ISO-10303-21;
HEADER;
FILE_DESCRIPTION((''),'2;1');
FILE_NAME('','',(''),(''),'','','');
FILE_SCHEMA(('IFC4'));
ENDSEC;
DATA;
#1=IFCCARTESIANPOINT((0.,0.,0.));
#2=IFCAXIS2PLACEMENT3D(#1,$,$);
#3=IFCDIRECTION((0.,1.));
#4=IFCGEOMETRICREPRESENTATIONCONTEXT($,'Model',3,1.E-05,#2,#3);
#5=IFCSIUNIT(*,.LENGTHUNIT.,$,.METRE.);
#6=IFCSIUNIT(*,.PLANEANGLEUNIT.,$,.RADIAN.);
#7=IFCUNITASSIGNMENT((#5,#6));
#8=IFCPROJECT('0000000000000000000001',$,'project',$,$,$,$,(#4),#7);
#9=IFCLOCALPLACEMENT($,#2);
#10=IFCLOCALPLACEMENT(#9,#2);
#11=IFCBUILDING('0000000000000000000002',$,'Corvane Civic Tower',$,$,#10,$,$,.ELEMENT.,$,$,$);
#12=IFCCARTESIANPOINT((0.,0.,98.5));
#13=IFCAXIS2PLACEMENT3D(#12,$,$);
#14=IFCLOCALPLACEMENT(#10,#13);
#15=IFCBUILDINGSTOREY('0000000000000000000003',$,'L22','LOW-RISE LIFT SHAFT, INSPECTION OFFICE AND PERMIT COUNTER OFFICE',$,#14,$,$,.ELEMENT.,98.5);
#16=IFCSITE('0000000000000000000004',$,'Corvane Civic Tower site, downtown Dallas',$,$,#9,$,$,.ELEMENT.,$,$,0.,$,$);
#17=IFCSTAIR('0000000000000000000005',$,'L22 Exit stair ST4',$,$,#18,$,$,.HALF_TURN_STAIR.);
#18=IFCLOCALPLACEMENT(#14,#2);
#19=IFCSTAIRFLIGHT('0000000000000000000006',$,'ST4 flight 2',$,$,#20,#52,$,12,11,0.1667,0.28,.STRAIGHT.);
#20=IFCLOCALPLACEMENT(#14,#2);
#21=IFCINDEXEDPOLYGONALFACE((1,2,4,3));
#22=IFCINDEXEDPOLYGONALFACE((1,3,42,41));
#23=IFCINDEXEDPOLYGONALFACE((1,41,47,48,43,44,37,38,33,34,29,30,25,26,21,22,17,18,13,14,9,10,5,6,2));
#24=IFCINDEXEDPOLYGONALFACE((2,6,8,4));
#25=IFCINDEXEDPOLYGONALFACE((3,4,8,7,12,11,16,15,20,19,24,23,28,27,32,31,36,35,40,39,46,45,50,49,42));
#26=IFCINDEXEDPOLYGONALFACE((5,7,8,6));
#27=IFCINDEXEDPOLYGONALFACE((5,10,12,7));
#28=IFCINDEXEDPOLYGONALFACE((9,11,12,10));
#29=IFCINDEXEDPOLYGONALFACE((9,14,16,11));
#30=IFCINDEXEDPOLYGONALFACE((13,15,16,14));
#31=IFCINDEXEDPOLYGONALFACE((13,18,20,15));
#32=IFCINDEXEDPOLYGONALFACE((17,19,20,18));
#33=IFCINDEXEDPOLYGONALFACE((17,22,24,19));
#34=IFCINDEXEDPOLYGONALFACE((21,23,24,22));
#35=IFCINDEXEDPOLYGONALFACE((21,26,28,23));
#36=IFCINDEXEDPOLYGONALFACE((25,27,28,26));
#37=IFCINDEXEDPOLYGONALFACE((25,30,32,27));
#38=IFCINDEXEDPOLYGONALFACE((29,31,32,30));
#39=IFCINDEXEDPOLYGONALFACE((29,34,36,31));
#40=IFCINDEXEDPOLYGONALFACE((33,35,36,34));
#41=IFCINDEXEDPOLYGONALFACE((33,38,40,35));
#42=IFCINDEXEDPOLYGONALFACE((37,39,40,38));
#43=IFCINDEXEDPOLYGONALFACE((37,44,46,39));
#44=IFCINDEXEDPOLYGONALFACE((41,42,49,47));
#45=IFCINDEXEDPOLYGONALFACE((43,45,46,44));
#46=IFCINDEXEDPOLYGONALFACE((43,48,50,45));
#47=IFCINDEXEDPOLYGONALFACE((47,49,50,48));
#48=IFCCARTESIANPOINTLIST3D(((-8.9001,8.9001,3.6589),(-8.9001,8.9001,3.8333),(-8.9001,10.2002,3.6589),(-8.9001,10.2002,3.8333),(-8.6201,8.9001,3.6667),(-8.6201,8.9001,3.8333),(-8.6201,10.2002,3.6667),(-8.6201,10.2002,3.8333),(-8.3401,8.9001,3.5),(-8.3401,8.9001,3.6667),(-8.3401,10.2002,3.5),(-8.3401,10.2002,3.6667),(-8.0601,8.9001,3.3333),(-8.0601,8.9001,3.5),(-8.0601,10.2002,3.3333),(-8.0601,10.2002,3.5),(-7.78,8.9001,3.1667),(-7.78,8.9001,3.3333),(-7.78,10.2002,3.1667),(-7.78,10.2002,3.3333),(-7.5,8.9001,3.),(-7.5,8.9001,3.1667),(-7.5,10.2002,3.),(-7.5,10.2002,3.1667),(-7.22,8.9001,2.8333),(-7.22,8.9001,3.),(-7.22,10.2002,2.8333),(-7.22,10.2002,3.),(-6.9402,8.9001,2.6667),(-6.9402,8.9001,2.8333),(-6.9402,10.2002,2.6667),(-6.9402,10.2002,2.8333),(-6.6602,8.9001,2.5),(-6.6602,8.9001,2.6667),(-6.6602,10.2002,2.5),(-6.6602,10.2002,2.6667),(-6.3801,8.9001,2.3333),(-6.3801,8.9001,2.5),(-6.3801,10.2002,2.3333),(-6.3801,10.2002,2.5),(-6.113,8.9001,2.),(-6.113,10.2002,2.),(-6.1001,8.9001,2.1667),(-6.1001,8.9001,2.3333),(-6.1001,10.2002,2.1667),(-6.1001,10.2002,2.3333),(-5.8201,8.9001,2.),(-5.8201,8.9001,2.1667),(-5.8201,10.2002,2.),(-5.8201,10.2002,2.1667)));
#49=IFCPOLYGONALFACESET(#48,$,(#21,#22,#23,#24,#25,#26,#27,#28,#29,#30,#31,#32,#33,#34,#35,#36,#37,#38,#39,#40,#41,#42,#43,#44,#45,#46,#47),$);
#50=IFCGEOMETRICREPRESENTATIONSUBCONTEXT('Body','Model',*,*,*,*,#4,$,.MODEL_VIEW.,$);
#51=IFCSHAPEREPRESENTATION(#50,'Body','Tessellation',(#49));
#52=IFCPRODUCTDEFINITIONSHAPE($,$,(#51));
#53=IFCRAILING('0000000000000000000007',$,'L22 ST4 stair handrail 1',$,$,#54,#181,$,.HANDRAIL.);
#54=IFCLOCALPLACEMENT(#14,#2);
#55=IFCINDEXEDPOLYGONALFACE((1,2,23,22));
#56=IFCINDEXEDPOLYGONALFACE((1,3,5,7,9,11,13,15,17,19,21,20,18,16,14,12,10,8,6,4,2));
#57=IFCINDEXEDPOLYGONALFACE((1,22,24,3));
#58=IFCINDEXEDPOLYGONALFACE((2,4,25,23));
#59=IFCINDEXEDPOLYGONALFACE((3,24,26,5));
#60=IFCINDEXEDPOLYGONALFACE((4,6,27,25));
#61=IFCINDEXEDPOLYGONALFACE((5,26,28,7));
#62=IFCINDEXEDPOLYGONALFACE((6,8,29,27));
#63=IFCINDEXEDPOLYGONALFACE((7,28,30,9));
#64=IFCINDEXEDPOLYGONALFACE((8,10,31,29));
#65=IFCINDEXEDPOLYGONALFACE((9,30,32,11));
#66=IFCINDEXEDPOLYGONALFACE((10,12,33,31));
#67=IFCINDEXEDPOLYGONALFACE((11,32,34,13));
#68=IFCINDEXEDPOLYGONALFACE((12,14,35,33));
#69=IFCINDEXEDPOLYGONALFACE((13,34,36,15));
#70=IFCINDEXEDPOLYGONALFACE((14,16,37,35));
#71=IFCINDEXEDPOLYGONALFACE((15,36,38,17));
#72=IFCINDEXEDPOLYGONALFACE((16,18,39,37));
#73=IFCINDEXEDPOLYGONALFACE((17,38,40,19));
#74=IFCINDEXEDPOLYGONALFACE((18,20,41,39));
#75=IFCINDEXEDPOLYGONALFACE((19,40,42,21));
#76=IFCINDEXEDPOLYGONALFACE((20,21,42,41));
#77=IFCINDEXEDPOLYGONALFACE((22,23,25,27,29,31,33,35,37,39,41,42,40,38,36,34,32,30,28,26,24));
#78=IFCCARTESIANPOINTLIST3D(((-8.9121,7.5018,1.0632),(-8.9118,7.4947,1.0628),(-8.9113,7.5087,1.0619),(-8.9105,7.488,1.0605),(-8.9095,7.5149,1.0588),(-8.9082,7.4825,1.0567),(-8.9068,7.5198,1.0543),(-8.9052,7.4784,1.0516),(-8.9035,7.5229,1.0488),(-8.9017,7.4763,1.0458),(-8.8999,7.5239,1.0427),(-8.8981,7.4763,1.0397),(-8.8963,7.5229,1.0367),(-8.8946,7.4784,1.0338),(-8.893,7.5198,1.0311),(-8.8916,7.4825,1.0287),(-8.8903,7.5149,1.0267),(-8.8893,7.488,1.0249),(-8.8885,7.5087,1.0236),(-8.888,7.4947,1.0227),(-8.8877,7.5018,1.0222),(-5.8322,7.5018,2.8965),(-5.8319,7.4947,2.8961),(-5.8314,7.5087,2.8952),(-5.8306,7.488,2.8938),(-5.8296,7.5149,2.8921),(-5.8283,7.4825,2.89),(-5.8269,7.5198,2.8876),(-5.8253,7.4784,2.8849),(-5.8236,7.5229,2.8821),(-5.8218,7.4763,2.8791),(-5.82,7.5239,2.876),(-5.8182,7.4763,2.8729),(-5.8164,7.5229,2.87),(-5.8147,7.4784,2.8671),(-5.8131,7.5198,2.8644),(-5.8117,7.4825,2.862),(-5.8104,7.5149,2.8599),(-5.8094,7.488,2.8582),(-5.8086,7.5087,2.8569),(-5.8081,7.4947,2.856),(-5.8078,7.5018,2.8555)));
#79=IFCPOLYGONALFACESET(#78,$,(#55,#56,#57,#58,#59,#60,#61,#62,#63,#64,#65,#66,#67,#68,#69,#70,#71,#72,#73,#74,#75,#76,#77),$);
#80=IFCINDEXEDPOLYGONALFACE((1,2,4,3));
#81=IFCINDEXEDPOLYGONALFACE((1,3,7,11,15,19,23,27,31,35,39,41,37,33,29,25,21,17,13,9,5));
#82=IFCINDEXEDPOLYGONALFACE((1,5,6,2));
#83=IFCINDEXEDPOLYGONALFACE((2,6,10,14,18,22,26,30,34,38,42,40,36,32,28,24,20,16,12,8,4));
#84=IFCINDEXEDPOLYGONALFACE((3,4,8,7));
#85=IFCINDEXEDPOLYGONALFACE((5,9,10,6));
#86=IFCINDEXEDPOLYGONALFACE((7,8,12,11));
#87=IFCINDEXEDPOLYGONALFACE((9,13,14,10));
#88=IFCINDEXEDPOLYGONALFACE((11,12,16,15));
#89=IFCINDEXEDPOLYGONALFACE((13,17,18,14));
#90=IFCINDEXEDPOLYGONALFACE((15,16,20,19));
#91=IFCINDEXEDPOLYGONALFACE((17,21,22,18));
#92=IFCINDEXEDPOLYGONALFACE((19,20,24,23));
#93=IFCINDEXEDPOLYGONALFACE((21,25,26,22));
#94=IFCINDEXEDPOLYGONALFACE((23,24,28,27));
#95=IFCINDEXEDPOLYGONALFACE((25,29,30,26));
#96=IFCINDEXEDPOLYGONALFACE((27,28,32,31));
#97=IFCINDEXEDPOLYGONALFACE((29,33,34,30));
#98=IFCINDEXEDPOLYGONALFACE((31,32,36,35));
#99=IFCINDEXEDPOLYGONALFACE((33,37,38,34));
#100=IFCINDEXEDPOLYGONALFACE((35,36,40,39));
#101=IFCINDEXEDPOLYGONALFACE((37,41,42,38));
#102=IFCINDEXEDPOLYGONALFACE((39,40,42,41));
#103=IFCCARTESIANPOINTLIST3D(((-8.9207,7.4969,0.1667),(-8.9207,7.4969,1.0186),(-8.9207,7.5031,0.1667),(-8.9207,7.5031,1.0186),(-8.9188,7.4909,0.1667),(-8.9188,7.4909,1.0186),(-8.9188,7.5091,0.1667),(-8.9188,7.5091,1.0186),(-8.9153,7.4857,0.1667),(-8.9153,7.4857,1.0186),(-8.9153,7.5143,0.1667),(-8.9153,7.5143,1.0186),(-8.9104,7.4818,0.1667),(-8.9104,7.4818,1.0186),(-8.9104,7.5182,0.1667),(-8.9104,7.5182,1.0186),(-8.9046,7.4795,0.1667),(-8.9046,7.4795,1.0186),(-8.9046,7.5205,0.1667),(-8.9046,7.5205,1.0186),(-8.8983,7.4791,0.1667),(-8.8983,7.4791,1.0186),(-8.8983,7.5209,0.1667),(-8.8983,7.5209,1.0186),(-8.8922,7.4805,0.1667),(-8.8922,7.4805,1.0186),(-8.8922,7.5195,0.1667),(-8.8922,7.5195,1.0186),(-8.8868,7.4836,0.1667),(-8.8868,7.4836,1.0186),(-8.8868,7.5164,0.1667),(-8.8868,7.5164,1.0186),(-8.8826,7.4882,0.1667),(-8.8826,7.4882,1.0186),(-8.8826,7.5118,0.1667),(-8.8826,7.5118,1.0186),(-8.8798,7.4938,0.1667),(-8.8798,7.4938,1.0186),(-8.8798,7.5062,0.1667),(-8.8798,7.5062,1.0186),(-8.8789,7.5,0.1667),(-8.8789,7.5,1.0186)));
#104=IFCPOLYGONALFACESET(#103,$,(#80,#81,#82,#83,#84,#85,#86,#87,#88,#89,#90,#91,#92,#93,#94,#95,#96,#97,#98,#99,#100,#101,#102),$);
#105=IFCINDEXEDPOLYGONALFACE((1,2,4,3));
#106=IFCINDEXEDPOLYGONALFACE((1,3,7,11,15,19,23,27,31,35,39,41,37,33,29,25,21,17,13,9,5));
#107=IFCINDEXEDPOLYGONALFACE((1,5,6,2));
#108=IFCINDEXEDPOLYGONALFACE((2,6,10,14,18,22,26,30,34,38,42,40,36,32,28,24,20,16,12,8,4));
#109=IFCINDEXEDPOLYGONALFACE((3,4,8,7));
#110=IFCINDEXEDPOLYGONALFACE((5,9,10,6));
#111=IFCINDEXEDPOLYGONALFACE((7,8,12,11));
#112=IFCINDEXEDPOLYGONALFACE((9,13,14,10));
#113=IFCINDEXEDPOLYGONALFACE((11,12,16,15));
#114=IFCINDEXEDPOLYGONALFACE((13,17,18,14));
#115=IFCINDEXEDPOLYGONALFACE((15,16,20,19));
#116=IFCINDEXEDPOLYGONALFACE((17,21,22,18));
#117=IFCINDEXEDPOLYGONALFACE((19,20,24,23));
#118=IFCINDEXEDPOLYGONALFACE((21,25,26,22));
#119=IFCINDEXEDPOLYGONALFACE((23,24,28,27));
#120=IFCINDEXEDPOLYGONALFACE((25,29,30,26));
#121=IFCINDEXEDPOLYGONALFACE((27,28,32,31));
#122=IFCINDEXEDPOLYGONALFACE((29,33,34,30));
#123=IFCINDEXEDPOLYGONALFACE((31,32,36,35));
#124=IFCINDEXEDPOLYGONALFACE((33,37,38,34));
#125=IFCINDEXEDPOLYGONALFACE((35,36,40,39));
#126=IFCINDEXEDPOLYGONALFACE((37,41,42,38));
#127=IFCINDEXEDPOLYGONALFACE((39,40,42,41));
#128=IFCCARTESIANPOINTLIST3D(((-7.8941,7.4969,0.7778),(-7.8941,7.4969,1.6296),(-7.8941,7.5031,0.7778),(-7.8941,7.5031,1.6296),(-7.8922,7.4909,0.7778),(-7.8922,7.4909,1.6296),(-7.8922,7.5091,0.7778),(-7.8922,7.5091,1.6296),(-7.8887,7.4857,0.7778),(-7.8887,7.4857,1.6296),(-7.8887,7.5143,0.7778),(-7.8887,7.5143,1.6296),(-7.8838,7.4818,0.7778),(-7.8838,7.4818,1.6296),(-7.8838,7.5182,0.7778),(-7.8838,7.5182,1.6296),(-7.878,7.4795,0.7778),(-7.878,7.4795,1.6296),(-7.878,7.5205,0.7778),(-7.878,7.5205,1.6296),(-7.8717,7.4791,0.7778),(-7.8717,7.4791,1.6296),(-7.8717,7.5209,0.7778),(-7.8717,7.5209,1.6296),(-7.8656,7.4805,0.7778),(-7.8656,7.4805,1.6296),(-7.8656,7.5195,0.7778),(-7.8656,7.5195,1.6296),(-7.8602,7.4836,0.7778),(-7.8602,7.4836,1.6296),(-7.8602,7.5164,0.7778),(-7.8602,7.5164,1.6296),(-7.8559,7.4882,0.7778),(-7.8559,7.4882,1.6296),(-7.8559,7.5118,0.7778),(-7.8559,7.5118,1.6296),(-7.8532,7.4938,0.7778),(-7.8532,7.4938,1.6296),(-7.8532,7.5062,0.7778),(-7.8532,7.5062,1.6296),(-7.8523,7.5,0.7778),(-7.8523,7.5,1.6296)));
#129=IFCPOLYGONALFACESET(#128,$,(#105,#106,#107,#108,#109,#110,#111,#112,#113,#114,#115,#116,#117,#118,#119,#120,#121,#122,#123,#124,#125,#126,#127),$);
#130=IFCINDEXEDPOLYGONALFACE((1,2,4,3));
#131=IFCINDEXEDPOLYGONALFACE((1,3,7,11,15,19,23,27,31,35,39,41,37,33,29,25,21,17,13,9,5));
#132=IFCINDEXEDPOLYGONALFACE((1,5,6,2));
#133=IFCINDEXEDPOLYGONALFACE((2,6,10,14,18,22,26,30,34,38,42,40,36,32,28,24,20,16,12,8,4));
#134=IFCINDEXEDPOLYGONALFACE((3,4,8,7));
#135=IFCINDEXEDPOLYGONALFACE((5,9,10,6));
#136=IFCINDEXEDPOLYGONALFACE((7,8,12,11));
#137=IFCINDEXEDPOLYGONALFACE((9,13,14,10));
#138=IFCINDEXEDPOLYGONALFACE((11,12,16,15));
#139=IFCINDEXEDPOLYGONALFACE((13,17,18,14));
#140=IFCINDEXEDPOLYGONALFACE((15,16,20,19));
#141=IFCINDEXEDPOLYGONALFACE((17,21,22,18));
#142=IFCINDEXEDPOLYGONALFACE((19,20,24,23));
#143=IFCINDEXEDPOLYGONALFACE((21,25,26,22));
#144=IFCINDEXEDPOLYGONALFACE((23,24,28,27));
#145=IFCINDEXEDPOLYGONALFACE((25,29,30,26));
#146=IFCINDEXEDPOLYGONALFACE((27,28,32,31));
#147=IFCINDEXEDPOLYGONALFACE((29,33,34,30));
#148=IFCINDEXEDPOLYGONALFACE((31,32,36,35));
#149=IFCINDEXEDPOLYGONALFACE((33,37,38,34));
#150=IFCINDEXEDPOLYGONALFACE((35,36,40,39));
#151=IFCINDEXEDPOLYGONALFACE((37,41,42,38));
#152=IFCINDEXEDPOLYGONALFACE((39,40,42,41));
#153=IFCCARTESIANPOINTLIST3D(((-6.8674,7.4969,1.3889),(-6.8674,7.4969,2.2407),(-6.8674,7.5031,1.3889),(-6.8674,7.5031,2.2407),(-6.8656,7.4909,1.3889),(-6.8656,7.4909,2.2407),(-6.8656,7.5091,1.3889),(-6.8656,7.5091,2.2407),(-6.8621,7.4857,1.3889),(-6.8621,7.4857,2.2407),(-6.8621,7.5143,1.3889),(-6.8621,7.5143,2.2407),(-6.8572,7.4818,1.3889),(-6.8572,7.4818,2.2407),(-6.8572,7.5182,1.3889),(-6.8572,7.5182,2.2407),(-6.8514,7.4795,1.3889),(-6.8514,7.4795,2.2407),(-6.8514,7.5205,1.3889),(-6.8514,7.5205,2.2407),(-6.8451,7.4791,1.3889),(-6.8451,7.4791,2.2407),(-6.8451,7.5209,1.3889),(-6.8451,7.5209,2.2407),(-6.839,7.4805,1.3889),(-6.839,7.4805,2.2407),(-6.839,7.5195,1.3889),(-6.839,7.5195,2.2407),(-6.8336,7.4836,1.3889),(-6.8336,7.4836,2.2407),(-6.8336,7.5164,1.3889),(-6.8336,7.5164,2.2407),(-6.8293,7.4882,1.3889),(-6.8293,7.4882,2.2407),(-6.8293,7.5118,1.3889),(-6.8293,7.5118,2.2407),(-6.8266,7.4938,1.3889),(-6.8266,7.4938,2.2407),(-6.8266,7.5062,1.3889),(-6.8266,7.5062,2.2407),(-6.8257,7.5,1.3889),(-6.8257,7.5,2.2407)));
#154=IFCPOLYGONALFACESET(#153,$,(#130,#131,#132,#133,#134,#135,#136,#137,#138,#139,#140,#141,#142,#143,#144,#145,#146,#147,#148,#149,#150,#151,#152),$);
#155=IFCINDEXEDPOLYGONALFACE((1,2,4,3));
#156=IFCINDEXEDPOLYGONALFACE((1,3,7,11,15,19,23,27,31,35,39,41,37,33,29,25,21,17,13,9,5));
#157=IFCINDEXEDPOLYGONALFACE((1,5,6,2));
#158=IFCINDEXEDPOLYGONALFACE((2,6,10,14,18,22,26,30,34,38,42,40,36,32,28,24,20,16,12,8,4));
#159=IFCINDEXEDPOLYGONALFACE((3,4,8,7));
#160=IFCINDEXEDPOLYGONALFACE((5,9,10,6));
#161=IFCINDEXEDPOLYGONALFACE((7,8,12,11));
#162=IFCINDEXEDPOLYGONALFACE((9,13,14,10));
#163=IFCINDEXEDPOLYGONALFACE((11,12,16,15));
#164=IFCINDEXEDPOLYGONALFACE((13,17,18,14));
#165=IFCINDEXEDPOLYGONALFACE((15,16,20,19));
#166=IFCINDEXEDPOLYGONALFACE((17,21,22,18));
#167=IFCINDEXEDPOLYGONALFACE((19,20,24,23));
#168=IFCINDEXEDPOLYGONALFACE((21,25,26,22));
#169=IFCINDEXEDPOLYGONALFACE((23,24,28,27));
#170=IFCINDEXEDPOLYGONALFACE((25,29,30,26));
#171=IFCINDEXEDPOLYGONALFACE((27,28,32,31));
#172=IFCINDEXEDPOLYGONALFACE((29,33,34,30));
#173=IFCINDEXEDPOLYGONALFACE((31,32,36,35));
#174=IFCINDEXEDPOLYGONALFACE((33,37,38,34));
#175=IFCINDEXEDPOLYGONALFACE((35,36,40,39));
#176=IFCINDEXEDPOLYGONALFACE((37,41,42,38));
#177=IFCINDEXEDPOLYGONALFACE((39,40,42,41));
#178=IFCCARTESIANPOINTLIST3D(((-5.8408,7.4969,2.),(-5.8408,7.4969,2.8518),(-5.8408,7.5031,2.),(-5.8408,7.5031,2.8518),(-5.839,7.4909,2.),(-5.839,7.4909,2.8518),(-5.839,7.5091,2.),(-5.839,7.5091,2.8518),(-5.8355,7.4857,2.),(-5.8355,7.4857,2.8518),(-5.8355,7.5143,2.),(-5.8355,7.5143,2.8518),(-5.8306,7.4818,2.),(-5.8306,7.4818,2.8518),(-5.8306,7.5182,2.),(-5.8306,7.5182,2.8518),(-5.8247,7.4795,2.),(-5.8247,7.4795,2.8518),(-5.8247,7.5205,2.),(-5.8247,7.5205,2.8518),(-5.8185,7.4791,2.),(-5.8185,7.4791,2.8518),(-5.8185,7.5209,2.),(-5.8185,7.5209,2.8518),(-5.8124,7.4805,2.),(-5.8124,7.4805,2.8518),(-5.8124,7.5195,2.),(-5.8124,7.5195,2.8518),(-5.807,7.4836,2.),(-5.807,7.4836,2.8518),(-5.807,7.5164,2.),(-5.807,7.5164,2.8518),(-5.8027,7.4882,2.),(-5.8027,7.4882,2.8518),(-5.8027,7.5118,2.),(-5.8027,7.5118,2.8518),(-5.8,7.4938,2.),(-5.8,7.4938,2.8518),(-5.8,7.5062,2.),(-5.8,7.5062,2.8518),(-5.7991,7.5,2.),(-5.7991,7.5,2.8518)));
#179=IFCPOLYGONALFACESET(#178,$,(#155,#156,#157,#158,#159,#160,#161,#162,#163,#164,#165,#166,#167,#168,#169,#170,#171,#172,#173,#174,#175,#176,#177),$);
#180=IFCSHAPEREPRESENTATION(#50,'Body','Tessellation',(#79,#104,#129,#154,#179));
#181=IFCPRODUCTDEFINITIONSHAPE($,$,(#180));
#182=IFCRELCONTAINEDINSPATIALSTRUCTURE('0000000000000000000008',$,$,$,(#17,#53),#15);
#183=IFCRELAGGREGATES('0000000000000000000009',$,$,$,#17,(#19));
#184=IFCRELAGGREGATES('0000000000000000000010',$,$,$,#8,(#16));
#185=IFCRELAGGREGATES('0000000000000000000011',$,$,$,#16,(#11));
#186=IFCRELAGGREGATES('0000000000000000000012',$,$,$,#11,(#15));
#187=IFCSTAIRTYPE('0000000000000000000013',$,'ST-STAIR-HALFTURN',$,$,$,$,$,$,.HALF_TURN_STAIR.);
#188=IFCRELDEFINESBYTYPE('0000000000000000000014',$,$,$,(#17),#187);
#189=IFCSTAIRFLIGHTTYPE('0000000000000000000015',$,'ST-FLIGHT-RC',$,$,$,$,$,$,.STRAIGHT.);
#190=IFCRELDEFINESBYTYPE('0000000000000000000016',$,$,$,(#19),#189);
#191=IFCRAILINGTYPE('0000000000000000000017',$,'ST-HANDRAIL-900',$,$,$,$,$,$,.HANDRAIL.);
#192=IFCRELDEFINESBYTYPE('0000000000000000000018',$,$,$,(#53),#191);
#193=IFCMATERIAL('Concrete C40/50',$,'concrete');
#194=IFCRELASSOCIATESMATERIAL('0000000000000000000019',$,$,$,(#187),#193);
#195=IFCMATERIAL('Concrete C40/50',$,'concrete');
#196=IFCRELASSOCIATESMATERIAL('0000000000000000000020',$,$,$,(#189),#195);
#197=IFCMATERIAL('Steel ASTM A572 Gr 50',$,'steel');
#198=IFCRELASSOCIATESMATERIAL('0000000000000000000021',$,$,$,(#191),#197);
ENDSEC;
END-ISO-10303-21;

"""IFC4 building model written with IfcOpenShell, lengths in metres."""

from ifc_helpers import new_model, si_unit, direction, frame, origin, origin_2d, place, context, subcontext, project, spatial, polyline, circle, outline, extrude, material, type_object, element, aggregate, save


model = new_model("IFC4")

# Units and contexts
model_context = context("Model", 3, precision=1e-05, world=origin(), true_north=direction((0.0, 1.0)))
body_context = subcontext(model_context, "Body", "Model", "MODEL_VIEW")
ifc_project = project(units=[si_unit("LENGTHUNIT", "METRE"), si_unit("PLANEANGLEUNIT", "RADIAN")], contexts=[model_context])

# Site, building, storey
site_placement = place(None, origin())
site = spatial("IfcSite", under=ifc_project, at=site_placement, Name="Corvane Civic Tower site, downtown Dallas", CompositionType="ELEMENT", RefElevation=0.0)
building_placement = place(site_placement, origin())
building = spatial("IfcBuilding", under=site, at=building_placement, Name="Corvane Civic Tower", CompositionType="ELEMENT")
storey_placement = place(building_placement, frame((0.0, 0.0, 98.5)))
storey = spatial("IfcBuildingStorey", under=building, at=storey_placement, Name="L22", Description="LOW-RISE LIFT SHAFT, INSPECTION OFFICE AND PERMIT COUNTER OFFICE", CompositionType="ELEMENT", Elevation=98.5)

# Shared definitions
ifc_material_1 = material(Name="Concrete C40/50", Category="concrete")
stair_type = type_object("IfcStairType", Name="ST-STAIR-HALFTURN", PredefinedType="HALF_TURN_STAIR", material=ifc_material_1)

# Stair, stair flight
stair_1_placement = place(storey_placement, origin())
stair_1 = element("IfcStair", 1, at=stair_1_placement, inside=storey, type_object=stair_type, Name="L22 Exit stair ST4", PredefinedType="HALF_TURN_STAIR")
ifc_material_2 = material(Name="Concrete C40/50", Category="concrete")
stair_flight_type = type_object("IfcStairFlightType", Name="ST-FLIGHT-RC", PredefinedType="STRAIGHT", material=ifc_material_2)
stair_flight_1_placement = place(storey_placement, frame((-5.8201, 9.55, 2.0), z_axis=(0.0, 0.0, 1.0), x_axis=(-1.0, 0.0, 0.0)))
stair_flight_1 = element("IfcStairFlight", 2, at=stair_flight_1_placement, type_object=stair_flight_type, Name="ST4 flight 2", NumberOfRisers=12, NumberOfTreads=11, PredefinedType="STRAIGHT", RiserHeight=0.1667, TreadLength=0.28, context=body_context, shape_type="SweptSolid", body=[
    extrude(outline(polyline([(0.0, 0.0), (0.0, 0.1667), (0.28, 0.1667), (0.28, 0.3333), (0.5601, 0.3333), (0.5601, 0.5), (0.8401, 0.5), (0.8401, 0.6667), (1.1201, 0.6667), (1.1201, 0.8333), (1.3999, 0.8333), (1.3999, 1.0), (1.6799, 1.0), (1.6799, 1.1667), (1.96, 1.1667), (1.96, 1.3333), (2.24, 1.3333), (2.24, 1.5), (2.52, 1.5), (2.52, 1.6667), (2.8, 1.6667), (2.8, 1.8333), (3.0801, 1.8333), (3.0801, 2.0), (3.0801, 1.6589), (0.293, 0.0), (0.0, 0.0)])), frame((0.0, 0.6499, 0.0), z_axis=(0.0, -1.0, 0.0), x_axis=(1.0, 0.0, 0.0)), (0.0, 0.0, 1.0), 1.3),
])
aggregate(stair_1, [stair_flight_1])

# Railing
ifc_material_3 = material(Name="Steel ASTM A572 Gr 50", Category="steel")
railing_type_1 = type_object("IfcRailingType", Name="ST-HANDRAIL-900", PredefinedType="HANDRAIL", material=ifc_material_3)
railing_1_placement = place(storey_placement, frame((-8.8999, 7.5, 0.1667)))
element("IfcRailing", 3, at=railing_1_placement, inside=storey, type_object=railing_type_1, Name="L22 ST4 stair handrail 1", PredefinedType="HANDRAIL", context=body_context, shape_type="SweptSolid", body=[
    extrude(circle(Radius=0.0239, at=origin_2d()), frame((0.0, 0.0, 0.876), z_axis=(0.859291, 0.0, 0.511487), x_axis=(0.0, 1.0, 0.0)), (0.0, 0.0, 1.0), 3.5842),
    extrude(circle(Radius=0.021, at=origin_2d()), origin(), (0.0, 0.0, 1.0), 0.8518),
    extrude(circle(Radius=0.021, at=origin_2d()), frame((1.0266, 0.0, 0.6111)), (0.0, 0.0, 1.0), 0.8518),
    extrude(circle(Radius=0.021, at=origin_2d()), frame((2.0532, 0.0, 1.2222)), (0.0, 0.0, 1.0), 0.8518),
    extrude(circle(Radius=0.021, at=origin_2d()), frame((3.0798, 0.0, 1.8333)), (0.0, 0.0, 1.0), 0.8518),
])

save(model, "model.ifc")
